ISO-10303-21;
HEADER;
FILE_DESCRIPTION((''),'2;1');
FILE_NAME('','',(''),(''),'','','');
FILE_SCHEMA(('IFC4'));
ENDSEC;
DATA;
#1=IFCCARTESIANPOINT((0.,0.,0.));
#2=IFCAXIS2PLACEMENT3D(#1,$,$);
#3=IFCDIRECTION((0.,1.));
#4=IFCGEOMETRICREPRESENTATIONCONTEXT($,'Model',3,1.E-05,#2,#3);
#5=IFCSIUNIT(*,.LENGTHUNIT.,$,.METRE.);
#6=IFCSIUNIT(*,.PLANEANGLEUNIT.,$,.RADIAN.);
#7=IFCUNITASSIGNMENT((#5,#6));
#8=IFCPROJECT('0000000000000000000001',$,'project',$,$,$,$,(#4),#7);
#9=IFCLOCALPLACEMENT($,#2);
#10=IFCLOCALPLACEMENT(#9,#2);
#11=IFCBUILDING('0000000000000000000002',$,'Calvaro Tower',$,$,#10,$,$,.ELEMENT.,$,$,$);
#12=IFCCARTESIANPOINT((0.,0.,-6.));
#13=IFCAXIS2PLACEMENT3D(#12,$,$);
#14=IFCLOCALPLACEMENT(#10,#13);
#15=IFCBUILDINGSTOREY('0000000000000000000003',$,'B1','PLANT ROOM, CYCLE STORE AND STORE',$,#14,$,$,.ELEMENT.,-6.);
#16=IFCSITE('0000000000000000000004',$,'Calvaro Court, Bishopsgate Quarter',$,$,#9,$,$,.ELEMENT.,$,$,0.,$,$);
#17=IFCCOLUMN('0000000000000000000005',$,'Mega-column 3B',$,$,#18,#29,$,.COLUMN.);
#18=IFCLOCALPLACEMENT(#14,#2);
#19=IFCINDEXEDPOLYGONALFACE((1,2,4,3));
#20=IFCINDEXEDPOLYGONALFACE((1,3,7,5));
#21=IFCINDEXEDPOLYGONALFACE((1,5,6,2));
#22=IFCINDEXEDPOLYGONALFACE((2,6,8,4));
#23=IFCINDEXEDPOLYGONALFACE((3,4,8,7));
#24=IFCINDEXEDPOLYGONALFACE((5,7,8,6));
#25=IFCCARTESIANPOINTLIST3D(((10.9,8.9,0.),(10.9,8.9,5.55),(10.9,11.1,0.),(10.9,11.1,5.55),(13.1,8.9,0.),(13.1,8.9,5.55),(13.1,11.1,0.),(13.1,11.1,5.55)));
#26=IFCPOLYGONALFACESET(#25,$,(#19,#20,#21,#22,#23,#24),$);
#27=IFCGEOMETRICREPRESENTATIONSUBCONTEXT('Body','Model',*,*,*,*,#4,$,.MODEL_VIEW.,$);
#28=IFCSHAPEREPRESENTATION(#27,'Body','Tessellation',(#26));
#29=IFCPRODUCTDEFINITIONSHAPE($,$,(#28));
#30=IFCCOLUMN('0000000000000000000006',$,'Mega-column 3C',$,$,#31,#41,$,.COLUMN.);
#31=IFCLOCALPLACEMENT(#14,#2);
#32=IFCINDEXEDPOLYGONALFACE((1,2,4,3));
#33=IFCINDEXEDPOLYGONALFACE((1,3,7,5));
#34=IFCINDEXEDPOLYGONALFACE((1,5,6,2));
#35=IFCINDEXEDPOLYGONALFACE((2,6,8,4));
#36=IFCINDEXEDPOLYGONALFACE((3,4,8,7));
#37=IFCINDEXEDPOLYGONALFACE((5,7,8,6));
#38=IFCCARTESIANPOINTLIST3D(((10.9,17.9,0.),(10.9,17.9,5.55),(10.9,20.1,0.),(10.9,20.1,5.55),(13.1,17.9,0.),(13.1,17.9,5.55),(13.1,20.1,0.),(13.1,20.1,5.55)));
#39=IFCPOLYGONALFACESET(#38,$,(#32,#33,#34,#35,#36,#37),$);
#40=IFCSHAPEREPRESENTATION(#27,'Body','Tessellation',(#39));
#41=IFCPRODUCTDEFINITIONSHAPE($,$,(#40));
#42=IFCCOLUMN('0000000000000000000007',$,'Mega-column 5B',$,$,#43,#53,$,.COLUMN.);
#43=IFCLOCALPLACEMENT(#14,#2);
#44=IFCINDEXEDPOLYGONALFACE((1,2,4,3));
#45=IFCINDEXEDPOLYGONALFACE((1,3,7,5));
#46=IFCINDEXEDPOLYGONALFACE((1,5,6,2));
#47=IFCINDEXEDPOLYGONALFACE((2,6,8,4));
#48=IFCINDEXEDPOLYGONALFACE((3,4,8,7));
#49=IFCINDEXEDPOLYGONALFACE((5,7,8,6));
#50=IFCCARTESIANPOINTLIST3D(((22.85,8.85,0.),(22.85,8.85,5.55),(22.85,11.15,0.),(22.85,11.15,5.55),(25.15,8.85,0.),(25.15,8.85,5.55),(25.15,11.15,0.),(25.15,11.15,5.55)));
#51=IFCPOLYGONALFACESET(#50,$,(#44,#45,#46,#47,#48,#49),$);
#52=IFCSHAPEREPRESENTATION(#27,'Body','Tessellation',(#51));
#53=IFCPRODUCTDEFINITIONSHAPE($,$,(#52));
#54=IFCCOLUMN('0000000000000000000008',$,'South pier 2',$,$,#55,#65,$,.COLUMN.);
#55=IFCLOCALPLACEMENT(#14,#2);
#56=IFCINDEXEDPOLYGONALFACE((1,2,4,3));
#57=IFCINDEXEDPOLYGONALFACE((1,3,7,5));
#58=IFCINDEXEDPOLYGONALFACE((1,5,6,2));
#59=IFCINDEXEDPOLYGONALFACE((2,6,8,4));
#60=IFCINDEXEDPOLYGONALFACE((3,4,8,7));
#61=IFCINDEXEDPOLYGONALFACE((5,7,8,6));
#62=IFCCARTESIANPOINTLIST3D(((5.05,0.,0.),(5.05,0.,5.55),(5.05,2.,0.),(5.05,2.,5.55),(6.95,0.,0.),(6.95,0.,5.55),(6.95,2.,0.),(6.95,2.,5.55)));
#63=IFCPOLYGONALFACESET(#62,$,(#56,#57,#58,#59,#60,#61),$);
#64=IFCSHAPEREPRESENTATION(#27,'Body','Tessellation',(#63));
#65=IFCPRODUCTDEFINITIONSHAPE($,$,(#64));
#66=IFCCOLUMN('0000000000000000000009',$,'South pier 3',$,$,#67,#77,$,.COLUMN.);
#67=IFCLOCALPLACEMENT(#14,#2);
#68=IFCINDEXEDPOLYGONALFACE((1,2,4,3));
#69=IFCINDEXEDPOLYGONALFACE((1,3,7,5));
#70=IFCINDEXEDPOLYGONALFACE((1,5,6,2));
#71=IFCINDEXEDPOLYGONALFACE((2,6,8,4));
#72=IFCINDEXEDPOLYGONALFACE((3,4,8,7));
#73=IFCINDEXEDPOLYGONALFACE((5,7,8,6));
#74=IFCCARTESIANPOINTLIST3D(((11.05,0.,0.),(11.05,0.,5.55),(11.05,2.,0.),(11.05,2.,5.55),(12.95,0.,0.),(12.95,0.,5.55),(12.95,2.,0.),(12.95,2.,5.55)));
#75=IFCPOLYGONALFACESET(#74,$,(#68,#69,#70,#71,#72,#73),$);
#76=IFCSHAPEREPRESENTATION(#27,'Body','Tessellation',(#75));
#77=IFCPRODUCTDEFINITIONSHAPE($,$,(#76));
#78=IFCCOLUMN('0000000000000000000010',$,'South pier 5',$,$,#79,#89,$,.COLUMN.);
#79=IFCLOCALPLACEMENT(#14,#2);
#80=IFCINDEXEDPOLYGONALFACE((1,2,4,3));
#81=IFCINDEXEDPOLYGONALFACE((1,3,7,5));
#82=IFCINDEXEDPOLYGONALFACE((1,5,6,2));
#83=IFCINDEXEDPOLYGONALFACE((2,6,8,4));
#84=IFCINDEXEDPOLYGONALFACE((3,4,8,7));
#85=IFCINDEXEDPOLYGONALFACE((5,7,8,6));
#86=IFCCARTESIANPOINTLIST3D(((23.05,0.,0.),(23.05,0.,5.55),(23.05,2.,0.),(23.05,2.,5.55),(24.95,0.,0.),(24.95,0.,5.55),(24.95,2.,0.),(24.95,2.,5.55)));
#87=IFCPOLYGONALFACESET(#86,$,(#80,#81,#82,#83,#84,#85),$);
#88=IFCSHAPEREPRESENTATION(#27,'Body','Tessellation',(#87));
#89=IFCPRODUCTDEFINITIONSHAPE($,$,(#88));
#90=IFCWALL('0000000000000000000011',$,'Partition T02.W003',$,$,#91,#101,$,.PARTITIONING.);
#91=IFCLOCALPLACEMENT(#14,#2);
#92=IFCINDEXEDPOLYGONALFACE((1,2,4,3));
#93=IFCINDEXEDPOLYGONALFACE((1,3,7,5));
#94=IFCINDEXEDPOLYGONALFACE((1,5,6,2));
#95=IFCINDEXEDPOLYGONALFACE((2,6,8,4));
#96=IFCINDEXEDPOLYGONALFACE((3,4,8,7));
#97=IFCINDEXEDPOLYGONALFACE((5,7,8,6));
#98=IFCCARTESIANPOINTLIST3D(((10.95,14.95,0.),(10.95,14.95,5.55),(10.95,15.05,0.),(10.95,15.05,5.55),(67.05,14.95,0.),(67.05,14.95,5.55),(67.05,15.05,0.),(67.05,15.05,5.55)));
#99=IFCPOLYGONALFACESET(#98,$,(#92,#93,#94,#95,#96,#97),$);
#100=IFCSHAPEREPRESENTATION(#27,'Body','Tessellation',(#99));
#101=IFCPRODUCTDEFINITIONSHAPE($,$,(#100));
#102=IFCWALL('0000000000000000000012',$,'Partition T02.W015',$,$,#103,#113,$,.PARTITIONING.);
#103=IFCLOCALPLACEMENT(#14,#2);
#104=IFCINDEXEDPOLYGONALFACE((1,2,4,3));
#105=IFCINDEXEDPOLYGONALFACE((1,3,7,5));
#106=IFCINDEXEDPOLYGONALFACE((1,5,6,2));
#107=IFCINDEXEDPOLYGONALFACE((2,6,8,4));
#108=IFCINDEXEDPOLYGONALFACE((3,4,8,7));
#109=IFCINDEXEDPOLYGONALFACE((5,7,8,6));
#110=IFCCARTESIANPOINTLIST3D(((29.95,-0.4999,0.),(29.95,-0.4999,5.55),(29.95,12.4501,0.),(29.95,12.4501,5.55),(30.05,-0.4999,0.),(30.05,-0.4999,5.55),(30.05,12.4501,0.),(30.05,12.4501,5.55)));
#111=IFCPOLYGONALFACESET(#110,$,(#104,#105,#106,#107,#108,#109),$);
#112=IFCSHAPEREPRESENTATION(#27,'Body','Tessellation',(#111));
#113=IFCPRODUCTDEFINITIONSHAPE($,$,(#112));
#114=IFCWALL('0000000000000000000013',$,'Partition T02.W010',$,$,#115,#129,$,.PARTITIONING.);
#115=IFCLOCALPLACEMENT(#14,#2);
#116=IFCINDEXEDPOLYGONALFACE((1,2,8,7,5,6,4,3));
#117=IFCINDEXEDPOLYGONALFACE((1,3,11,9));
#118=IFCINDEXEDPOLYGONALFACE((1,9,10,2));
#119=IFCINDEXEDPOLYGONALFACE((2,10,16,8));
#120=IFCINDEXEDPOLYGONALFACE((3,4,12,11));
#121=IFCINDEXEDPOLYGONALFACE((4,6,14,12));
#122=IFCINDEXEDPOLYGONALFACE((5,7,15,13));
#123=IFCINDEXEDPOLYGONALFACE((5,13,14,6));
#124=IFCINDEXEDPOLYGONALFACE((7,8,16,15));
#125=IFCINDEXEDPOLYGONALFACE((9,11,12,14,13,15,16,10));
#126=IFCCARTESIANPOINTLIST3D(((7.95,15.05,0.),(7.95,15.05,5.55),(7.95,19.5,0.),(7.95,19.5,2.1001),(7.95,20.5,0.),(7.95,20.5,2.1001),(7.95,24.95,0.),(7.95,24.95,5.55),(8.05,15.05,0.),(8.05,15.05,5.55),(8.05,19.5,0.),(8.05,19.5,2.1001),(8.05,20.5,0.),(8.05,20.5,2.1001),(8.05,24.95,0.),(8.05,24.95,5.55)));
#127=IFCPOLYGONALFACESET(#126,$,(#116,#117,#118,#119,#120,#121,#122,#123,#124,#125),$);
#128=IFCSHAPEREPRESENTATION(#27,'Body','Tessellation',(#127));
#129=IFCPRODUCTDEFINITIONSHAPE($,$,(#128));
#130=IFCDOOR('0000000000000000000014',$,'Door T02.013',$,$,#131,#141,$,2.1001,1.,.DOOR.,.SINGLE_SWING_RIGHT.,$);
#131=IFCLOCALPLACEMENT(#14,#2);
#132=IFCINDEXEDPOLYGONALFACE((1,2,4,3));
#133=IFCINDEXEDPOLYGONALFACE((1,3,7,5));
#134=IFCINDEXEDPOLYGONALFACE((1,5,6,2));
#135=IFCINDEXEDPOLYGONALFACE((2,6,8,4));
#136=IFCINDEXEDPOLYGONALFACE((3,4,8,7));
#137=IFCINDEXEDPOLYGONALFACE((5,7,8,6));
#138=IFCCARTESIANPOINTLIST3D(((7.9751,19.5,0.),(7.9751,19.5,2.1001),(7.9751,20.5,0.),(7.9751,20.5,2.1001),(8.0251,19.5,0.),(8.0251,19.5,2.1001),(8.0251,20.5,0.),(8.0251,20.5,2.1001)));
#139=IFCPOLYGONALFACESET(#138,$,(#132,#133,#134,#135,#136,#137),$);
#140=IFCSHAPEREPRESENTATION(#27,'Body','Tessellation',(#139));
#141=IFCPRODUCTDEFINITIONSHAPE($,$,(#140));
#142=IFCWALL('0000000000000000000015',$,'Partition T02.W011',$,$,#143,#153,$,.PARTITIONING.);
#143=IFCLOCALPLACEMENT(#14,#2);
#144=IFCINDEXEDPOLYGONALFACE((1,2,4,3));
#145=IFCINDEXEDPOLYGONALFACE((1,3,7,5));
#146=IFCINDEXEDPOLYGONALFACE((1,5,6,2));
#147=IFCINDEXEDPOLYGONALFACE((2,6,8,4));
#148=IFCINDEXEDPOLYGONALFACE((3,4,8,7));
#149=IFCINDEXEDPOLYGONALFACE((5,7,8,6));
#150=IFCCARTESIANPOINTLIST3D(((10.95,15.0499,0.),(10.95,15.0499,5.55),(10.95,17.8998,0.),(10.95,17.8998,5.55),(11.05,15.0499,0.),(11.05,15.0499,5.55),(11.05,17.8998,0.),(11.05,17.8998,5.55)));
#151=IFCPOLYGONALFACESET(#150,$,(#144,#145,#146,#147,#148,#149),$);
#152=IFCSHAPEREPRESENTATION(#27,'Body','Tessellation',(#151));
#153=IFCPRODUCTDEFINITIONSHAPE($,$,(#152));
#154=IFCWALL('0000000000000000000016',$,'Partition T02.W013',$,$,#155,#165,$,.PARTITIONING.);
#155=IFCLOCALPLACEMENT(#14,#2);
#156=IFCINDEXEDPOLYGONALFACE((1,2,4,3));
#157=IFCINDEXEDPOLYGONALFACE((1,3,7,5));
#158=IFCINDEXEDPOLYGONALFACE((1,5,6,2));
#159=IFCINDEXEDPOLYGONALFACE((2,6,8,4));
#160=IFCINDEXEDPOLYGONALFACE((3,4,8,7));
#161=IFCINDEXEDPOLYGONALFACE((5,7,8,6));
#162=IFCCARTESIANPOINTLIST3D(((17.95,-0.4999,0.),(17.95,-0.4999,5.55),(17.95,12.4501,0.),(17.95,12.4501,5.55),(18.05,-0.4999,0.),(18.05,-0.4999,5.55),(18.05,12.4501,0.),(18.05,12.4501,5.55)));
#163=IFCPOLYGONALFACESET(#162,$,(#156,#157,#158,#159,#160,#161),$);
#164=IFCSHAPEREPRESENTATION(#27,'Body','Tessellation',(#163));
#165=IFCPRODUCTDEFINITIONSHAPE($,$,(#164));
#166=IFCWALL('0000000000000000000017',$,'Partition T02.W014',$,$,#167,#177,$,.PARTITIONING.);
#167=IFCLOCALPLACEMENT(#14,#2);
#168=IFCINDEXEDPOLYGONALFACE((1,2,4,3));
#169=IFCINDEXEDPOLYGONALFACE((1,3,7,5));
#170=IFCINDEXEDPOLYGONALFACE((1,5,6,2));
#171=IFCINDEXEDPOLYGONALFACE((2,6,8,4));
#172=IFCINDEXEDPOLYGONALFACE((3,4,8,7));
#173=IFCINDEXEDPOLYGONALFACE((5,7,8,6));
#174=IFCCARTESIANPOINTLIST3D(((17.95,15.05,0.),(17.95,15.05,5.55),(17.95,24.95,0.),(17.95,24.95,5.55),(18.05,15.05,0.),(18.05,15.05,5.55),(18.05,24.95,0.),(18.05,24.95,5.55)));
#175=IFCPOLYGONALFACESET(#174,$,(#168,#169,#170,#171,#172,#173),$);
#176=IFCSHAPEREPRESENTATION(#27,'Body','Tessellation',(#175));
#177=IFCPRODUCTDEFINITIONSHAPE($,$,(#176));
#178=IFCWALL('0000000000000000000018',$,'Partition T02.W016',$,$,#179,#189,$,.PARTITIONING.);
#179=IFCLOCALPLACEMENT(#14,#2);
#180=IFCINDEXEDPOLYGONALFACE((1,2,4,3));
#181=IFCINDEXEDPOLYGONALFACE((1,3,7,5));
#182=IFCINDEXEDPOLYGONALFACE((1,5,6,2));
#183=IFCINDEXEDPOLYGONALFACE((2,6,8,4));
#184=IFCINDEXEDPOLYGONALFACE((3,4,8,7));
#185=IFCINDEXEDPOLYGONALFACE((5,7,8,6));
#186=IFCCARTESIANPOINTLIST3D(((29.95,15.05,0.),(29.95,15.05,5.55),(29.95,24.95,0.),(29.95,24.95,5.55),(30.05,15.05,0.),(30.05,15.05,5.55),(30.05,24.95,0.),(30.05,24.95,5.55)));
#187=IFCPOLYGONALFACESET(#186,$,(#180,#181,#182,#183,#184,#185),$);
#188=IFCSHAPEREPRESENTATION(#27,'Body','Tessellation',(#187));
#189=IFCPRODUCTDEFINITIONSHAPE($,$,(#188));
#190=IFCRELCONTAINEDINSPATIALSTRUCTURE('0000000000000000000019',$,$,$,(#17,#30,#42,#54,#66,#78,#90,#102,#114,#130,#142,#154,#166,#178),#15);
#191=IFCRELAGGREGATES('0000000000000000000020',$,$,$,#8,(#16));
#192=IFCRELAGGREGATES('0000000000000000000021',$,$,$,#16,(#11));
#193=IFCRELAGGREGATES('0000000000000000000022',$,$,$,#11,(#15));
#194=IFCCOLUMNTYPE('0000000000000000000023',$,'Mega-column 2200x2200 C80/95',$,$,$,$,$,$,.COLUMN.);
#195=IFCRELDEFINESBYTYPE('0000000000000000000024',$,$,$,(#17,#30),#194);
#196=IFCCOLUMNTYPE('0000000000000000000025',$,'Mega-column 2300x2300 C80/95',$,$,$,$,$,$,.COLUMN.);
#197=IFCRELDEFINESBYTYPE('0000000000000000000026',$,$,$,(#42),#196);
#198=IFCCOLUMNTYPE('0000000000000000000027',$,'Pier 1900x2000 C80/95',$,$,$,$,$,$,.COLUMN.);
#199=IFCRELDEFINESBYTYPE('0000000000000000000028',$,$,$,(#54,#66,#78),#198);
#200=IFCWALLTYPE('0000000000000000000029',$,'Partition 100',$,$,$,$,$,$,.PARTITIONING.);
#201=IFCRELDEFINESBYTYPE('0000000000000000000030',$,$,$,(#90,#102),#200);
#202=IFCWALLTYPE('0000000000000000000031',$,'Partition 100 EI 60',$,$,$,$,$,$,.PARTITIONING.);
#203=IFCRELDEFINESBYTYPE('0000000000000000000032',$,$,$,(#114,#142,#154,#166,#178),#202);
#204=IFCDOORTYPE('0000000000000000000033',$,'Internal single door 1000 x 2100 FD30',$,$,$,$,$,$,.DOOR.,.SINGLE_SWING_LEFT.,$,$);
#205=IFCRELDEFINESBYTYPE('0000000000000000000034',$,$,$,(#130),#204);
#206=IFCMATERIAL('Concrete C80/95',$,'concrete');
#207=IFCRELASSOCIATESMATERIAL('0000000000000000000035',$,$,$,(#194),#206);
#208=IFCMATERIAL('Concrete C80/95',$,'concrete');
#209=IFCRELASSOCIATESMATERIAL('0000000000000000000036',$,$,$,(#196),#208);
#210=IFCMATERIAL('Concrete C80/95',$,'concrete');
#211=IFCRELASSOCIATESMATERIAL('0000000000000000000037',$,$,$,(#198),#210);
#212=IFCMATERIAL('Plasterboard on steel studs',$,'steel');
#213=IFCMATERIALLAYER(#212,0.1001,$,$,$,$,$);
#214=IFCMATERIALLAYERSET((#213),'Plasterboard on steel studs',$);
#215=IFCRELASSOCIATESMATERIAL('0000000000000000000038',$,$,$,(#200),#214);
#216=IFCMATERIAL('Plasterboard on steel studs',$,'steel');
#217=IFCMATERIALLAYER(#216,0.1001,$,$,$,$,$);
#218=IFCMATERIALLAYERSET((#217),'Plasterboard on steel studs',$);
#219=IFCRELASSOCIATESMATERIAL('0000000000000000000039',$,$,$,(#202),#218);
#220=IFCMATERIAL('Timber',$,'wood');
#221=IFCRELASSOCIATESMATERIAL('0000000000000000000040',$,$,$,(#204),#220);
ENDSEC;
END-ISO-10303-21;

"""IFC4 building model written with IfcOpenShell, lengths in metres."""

from ifc_helpers import new_model, si_unit, direction, frame, frame_2d, origin, origin_2d, place, context, subcontext, project, spatial, rectangle, extrude, material, layer, layer_set, material_profile, profile_set, type_object, element, fill, save


model = new_model("IFC4")

# Units and contexts
model_context = context("Model", 3, precision=1e-05, world=origin(), true_north=direction((0.0, 1.0)))
body_context = subcontext(model_context, "Body", "Model", "MODEL_VIEW")
ifc_project = project(units=[si_unit("LENGTHUNIT", "METRE"), si_unit("PLANEANGLEUNIT", "RADIAN")], contexts=[model_context])

# Site, building, storey
site_placement = place(None, origin())
site = spatial("IfcSite", under=ifc_project, at=site_placement, Name="Calvaro Court, Bishopsgate Quarter", CompositionType="ELEMENT", RefElevation=0.0)
building_placement = place(site_placement, origin())
building = spatial("IfcBuilding", under=site, at=building_placement, Name="Calvaro Tower", CompositionType="ELEMENT")
storey_placement = place(building_placement, frame((0.0, 0.0, -6.0)))
storey = spatial("IfcBuildingStorey", under=building, at=storey_placement, Name="B1", Description="PLANT ROOM, CYCLE STORE AND STORE", CompositionType="ELEMENT", Elevation=-6.0)

# Columns
ifc_material_1 = material(Name="Concrete C80/95", Category="concrete")
ifc_material_profile_1 = material_profile(ifc_material_1, rectangle(XDim=2.2, YDim=2.2, at=origin_2d()), Name="RC 2200x2200")
ifc_profile_set_1 = profile_set([ifc_material_profile_1], Name="Concrete C80/95")
column_type_1 = type_object("IfcColumnType", Name="Mega-column 2200x2200 C80/95", PredefinedType="COLUMN", material=ifc_profile_set_1)
for number, where, z_axis, x_axis, name in (
    (1, (12.0, 10.0, 0.0), (0.0, 0.0, 1.0), (1.0, 0.0, 0.0), "Mega-column 3B"),
    (2, (12.0, 19.0, 0.0), (0.0, 0.0, 1.0), (1.0, 0.0, 0.0), "Mega-column 3C"),
):
    element("IfcColumn", number, at=place(storey_placement, frame(where, z_axis=z_axis, x_axis=x_axis)), inside=storey, type_object=column_type_1, Name=name, PredefinedType="COLUMN", context=body_context, shape_type="SweptSolid", body=[
        extrude(rectangle(XDim=2.2, YDim=2.2, at=origin_2d()), origin(), (0.0, 0.0, 1.0), 5.55),
    ])
ifc_material_2 = material(Name="Concrete C80/95", Category="concrete")
ifc_material_profile_2 = material_profile(ifc_material_2, rectangle(XDim=2.3, YDim=2.3, at=origin_2d()), Name="RC 2300x2300")
ifc_profile_set_2 = profile_set([ifc_material_profile_2], Name="Concrete C80/95")
column_type_2 = type_object("IfcColumnType", Name="Mega-column 2300x2300 C80/95", PredefinedType="COLUMN", material=ifc_profile_set_2)
column_placement = place(storey_placement, frame((24.0, 10.0, 0.0), z_axis=(0.0, 0.0, 1.0), x_axis=(1.0, 0.0, 0.0)))
element("IfcColumn", 3, at=column_placement, inside=storey, type_object=column_type_2, Name="Mega-column 5B", PredefinedType="COLUMN", context=body_context, shape_type="SweptSolid", body=[
    extrude(rectangle(XDim=2.3, YDim=2.3, at=origin_2d()), origin(), (0.0, 0.0, 1.0), 5.55),
])
ifc_material_3 = material(Name="Concrete C80/95", Category="concrete")
ifc_material_profile_3 = material_profile(ifc_material_3, rectangle(XDim=1.8999, YDim=2.0, at=origin_2d()), Name="RC 1900x2000")
ifc_profile_set_3 = profile_set([ifc_material_profile_3], Name="Concrete C80/95")
column_type_3 = type_object("IfcColumnType", Name="Pier 1900x2000 C80/95", PredefinedType="COLUMN", material=ifc_profile_set_3)
for number, where, z_axis, x_axis, name in (
    (4, (6.0, 1.0, 0.0), (0.0, 0.0, 1.0), (1.0, 0.0, 0.0), "South pier 2"),
    (5, (12.0, 1.0, 0.0), (0.0, 0.0, 1.0), (1.0, 0.0, 0.0), "South pier 3"),
    (6, (24.0, 1.0, 0.0), (0.0, 0.0, 1.0), (1.0, 0.0, 0.0), "South pier 5"),
):
    element("IfcColumn", number, at=place(storey_placement, frame(where, z_axis=z_axis, x_axis=x_axis)), inside=storey, type_object=column_type_3, Name=name, PredefinedType="COLUMN", context=body_context, shape_type="SweptSolid", body=[
        extrude(rectangle(XDim=1.8999, YDim=2.0, at=origin_2d()), origin(), (0.0, 0.0, 1.0), 5.55),
    ])

# Walls
ifc_material_4 = material(Name="Plasterboard on steel studs", Category="steel")
ifc_layer_1 = layer(ifc_material_4, 0.1001)
ifc_layer_set_1 = layer_set([ifc_layer_1], Name="Plasterboard on steel studs")
wall_type_1 = type_object("IfcWallType", Name="Partition 100", PredefinedType="PARTITIONING", material=ifc_layer_set_1)
wall_1_placement = place(storey_placement, frame((10.95, 15.0, 0.0), z_axis=(0.0, 0.0, 1.0), x_axis=(1.0, 0.0, 0.0)))
element("IfcWall", 7, at=wall_1_placement, inside=storey, type_object=wall_type_1, Name="Partition T02.W003", PredefinedType="PARTITIONING", context=body_context, shape_type="SweptSolid", body=[
    extrude(rectangle(XDim=56.1001, YDim=0.1001, at=frame_2d((28.05, 0.0))), origin(), (0.0, 0.0, 1.0), 5.55),
])
wall_2_placement = place(storey_placement, frame((30.0, -0.5, 0.0), z_axis=(0.0, 0.0, 1.0), x_axis=(0.0, 1.0, 0.0)))
element("IfcWall", 8, at=wall_2_placement, inside=storey, type_object=wall_type_1, Name="Partition T02.W015", PredefinedType="PARTITIONING", context=body_context, shape_type="SweptSolid", body=[
    extrude(rectangle(XDim=12.95, YDim=0.1001, at=frame_2d((6.4751, 0.0))), origin(), (0.0, 0.0, 1.0), 5.55),
])

# Wall, opening, door
ifc_material_5 = material(Name="Plasterboard on steel studs", Category="steel")
ifc_layer_2 = layer(ifc_material_5, 0.1001)
ifc_layer_set_2 = layer_set([ifc_layer_2], Name="Plasterboard on steel studs")
wall_type_2 = type_object("IfcWallType", Name="Partition 100 EI 60", PredefinedType="PARTITIONING", material=ifc_layer_set_2)
wall_3_placement = place(storey_placement, frame((8.0, 15.05, 0.0), z_axis=(0.0, 0.0, 1.0), x_axis=(0.0, 1.0, 0.0)))
wall_3 = element("IfcWall", 9, at=wall_3_placement, inside=storey, type_object=wall_type_2, Name="Partition T02.W010", PredefinedType="PARTITIONING", context=body_context, shape_type="SweptSolid", body=[
    extrude(rectangle(XDim=9.8999, YDim=0.1001, at=frame_2d((4.95, 0.0))), origin(), (0.0, 0.0, 1.0), 5.55),
])
opening_placement = place(wall_3_placement, frame((4.45, 0.0, 0.0)))
opening = element("IfcOpeningElement", 10, at=opening_placement, cuts=wall_3, PredefinedType="OPENING", context=body_context, shape_type="SweptSolid", body=[
    extrude(rectangle(XDim=1.0, YDim=2.1001, at=frame_2d((0.5, 1.05))), frame((0.0, 0.0601, 0.0), z_axis=(0.0, -1.0, 0.0), x_axis=(1.0, 0.0, 0.0)), (0.0, 0.0, 1.0), 0.1201),
])
ifc_material_6 = material(Name="Timber", Category="wood")
door_type = type_object("IfcDoorType", Name="Internal single door 1000 x 2100 FD30", OperationType="SINGLE_SWING_LEFT", PredefinedType="DOOR", material=ifc_material_6)
door_placement = place(opening_placement, origin())
door = element("IfcDoor", 11, at=door_placement, inside=storey, type_object=door_type, Name="Door T02.013", OperationType="SINGLE_SWING_RIGHT", OverallHeight=2.1001, OverallWidth=1.0, PredefinedType="DOOR", context=body_context, shape_type="SweptSolid", body=[
    extrude(rectangle(XDim=1.0, YDim=2.1001, at=frame_2d((0.5, 1.05))), frame((0.0, 0.0249, 0.0), z_axis=(0.0, -1.0, 0.0), x_axis=(1.0, 0.0, 0.0)), (0.0, 0.0, 1.0), 0.05),
])
fill(opening, door)

# Walls
wall_4_placement = place(storey_placement, frame((11.0, 15.05, 0.0), z_axis=(0.0, 0.0, 1.0), x_axis=(0.0, 1.0, 0.0)))
element("IfcWall", 12, at=wall_4_placement, inside=storey, type_object=wall_type_2, Name="Partition T02.W011", PredefinedType="PARTITIONING", context=body_context, shape_type="SweptSolid", body=[
    extrude(rectangle(XDim=2.8499, YDim=0.1001, at=frame_2d((1.4248, 0.0))), origin(), (0.0, 0.0, 1.0), 5.55),
])
wall_5_placement = place(storey_placement, frame((18.0, -0.5, 0.0), z_axis=(0.0, 0.0, 1.0), x_axis=(0.0, 1.0, 0.0)))
element("IfcWall", 13, at=wall_5_placement, inside=storey, type_object=wall_type_2, Name="Partition T02.W013", PredefinedType="PARTITIONING", context=body_context, shape_type="SweptSolid", body=[
    extrude(rectangle(XDim=12.95, YDim=0.1001, at=frame_2d((6.4751, 0.0))), origin(), (0.0, 0.0, 1.0), 5.55),
])
for number, where, z_axis, x_axis, name in (
    (14, (18.0, 15.05, 0.0), (0.0, 0.0, 1.0), (0.0, 1.0, 0.0), "Partition T02.W014"),
    (15, (30.0, 15.05, 0.0), (0.0, 0.0, 1.0), (0.0, 1.0, 0.0), "Partition T02.W016"),
):
    element("IfcWall", number, at=place(storey_placement, frame(where, z_axis=z_axis, x_axis=x_axis)), inside=storey, type_object=wall_type_2, Name=name, PredefinedType="PARTITIONING", context=body_context, shape_type="SweptSolid", body=[
        extrude(rectangle(XDim=9.8999, YDim=0.1001, at=frame_2d((4.95, 0.0))), origin(), (0.0, 0.0, 1.0), 5.55),
    ])

save(model, "model.ifc")
